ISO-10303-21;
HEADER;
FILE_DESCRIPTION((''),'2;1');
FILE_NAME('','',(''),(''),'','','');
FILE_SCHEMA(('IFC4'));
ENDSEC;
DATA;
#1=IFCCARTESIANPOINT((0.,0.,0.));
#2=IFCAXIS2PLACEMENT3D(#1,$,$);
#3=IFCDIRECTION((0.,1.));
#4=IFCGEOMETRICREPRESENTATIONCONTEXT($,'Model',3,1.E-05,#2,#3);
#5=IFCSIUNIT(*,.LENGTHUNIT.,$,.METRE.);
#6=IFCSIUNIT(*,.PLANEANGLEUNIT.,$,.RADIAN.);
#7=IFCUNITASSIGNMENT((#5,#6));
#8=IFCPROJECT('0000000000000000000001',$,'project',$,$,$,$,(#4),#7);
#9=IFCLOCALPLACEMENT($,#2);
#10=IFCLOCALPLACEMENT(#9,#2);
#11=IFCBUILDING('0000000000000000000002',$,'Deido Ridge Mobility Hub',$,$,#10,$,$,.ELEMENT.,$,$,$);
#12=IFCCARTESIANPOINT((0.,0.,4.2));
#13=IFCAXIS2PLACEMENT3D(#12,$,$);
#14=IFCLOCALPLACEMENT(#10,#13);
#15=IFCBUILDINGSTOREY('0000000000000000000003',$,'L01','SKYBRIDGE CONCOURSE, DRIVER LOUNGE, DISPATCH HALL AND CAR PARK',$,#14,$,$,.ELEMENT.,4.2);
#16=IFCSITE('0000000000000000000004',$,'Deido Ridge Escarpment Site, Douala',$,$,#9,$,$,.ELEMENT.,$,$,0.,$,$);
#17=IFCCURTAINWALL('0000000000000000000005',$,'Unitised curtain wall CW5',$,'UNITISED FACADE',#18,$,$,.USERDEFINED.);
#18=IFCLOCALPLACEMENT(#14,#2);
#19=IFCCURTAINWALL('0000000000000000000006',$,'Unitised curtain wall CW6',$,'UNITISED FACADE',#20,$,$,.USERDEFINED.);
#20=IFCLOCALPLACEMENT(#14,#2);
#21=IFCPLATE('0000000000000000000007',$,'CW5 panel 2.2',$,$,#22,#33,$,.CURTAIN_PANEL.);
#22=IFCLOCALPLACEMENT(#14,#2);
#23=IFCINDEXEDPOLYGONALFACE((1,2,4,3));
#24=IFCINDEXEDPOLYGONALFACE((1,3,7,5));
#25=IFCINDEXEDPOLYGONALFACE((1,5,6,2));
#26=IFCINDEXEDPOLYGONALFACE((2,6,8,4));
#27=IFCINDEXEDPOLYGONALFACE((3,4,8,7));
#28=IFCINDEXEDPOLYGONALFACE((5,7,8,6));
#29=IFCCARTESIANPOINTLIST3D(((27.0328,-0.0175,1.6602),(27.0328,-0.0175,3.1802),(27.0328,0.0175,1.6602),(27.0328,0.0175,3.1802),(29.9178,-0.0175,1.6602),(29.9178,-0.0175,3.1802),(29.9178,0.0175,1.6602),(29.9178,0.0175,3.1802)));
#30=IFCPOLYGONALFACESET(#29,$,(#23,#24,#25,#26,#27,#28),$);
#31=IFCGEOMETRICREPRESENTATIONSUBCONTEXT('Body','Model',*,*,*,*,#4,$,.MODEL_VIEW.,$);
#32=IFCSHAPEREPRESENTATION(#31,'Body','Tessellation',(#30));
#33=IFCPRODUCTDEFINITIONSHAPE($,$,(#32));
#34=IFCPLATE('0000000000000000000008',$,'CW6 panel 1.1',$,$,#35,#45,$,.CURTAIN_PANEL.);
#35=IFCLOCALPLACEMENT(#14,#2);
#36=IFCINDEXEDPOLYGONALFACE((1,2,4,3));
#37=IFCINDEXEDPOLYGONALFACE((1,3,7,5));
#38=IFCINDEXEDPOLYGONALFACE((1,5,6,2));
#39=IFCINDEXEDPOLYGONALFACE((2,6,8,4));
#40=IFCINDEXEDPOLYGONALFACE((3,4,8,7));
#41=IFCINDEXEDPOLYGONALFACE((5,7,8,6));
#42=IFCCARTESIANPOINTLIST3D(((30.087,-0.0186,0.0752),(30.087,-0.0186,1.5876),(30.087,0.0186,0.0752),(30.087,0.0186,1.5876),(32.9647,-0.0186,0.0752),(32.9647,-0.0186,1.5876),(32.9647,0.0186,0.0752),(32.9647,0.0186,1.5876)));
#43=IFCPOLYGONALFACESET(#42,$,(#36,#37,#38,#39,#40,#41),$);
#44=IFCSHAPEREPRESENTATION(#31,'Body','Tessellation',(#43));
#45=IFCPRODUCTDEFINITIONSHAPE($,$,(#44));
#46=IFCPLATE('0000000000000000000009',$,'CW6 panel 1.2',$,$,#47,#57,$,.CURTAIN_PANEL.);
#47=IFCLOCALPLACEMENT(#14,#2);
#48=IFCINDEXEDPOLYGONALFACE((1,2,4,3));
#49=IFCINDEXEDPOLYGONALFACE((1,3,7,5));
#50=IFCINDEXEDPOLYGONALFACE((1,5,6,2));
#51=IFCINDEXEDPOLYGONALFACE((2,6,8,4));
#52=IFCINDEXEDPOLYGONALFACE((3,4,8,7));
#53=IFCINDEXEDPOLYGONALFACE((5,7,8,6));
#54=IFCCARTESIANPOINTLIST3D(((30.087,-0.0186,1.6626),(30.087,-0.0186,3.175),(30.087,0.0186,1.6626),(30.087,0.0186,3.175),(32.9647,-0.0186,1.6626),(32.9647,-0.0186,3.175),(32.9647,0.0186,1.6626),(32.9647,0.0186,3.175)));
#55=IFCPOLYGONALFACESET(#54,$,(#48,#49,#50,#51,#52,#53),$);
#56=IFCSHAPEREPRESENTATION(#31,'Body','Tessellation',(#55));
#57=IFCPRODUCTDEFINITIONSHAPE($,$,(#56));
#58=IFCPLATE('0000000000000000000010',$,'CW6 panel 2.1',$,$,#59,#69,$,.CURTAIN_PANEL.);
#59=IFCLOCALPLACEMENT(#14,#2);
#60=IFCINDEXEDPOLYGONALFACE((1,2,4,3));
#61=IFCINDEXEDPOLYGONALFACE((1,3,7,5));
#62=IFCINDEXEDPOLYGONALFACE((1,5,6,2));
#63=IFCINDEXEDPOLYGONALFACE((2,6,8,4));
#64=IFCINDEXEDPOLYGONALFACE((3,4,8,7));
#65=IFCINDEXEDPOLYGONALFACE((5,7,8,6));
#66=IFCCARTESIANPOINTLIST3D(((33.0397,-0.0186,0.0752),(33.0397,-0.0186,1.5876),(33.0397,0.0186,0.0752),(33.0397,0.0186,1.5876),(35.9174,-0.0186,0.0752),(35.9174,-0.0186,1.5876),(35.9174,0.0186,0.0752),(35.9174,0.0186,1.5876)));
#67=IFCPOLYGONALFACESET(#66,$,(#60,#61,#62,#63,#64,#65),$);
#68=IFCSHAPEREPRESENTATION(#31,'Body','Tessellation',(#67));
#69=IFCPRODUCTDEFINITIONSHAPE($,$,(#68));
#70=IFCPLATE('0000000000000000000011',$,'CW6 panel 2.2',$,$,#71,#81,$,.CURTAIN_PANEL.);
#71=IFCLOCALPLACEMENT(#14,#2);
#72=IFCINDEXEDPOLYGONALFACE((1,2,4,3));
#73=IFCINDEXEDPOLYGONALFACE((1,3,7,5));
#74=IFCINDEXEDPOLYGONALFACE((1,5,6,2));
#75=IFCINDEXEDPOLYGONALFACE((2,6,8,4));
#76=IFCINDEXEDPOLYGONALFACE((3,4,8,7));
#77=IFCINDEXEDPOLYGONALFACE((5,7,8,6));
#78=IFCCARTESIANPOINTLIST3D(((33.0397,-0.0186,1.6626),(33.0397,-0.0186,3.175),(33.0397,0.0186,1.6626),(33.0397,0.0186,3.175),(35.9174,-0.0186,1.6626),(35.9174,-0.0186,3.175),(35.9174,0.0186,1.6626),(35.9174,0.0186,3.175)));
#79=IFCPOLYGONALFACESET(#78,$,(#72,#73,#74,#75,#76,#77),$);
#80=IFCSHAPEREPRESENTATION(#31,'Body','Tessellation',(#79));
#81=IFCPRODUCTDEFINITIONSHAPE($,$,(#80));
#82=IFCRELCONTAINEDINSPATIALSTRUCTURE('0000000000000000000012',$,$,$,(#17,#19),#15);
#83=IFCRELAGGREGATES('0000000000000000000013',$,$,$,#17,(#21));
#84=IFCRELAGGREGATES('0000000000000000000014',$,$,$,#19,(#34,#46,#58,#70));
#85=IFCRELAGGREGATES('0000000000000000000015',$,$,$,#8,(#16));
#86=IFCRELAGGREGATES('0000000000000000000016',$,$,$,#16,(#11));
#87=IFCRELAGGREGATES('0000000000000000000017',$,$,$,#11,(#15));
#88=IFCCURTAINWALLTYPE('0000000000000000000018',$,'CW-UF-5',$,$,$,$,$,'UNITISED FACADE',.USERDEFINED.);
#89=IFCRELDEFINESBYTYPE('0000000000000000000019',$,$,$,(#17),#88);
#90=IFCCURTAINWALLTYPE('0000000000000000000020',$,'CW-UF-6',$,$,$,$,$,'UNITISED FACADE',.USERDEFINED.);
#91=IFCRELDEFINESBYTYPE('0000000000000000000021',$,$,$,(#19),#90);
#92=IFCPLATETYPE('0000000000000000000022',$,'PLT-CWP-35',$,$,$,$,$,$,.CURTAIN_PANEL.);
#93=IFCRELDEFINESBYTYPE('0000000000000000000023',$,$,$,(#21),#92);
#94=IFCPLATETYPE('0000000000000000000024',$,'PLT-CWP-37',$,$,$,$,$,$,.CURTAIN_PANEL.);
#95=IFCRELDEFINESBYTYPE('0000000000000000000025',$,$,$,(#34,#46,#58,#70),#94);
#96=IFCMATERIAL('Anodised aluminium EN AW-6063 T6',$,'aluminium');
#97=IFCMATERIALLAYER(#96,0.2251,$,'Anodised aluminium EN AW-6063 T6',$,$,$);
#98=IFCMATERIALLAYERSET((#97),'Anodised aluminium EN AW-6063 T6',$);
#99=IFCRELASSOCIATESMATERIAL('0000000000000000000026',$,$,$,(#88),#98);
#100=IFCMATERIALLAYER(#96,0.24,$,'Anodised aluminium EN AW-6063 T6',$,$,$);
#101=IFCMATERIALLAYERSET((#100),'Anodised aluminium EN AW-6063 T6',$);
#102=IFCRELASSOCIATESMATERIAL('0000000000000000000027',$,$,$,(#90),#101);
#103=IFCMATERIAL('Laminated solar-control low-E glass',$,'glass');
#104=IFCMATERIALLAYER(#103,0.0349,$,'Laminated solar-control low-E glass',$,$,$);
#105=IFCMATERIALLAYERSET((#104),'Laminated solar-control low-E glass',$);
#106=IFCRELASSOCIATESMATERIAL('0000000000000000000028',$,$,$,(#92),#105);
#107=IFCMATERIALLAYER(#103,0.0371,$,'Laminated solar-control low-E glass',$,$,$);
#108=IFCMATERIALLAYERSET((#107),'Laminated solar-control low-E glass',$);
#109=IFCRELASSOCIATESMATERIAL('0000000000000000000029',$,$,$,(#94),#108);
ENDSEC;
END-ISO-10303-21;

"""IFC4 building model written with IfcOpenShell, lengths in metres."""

from ifc_helpers import new_model, si_unit, direction, frame, origin, origin_2d, place, context, subcontext, project, spatial, rectangle, extrude, material, layer, layer_set, type_object, element, aggregate, save


model = new_model("IFC4")

# Units and contexts
model_context = context("Model", 3, precision=1e-05, world=origin(), true_north=direction((0.0, 1.0)))
body_context = subcontext(model_context, "Body", "Model", "MODEL_VIEW")
ifc_project = project(units=[si_unit("LENGTHUNIT", "METRE"), si_unit("PLANEANGLEUNIT", "RADIAN")], contexts=[model_context])

# Site, building, storey
site_placement = place(None, origin())
site = spatial("IfcSite", under=ifc_project, at=site_placement, Name="Deido Ridge Escarpment Site, Douala", CompositionType="ELEMENT", RefElevation=0.0)
building_placement = place(site_placement, origin())
building = spatial("IfcBuilding", under=site, at=building_placement, Name="Deido Ridge Mobility Hub", CompositionType="ELEMENT")
storey_placement = place(building_placement, frame((0.0, 0.0, 4.2)))
storey = spatial("IfcBuildingStorey", under=building, at=storey_placement, Name="L01", Description="SKYBRIDGE CONCOURSE, DRIVER LOUNGE, DISPATCH HALL AND CAR PARK", CompositionType="ELEMENT", Elevation=4.2)

# Shared definitions
ifc_material_1 = material(Name="Anodised aluminium EN AW-6063 T6", Category="aluminium")

# Curtain walls
ifc_layer_1 = layer(ifc_material_1, 0.2251, Name="Anodised aluminium EN AW-6063 T6")
ifc_layer_set_1 = layer_set([ifc_layer_1], Name="Anodised aluminium EN AW-6063 T6")
curtain_wall_type_1 = type_object("IfcCurtainWallType", Name="CW-UF-5", ElementType="UNITISED FACADE", PredefinedType="USERDEFINED", material=ifc_layer_set_1)
curtain_wall_1_placement = place(storey_placement, origin())
curtain_wall_1 = element("IfcCurtainWall", 1, at=curtain_wall_1_placement, inside=storey, type_object=curtain_wall_type_1, Name="Unitised curtain wall CW5", ObjectType="UNITISED FACADE", PredefinedType="USERDEFINED")
ifc_layer_2 = layer(ifc_material_1, 0.24, Name="Anodised aluminium EN AW-6063 T6")
ifc_layer_set_2 = layer_set([ifc_layer_2], Name="Anodised aluminium EN AW-6063 T6")
curtain_wall_type_2 = type_object("IfcCurtainWallType", Name="CW-UF-6", ElementType="UNITISED FACADE", PredefinedType="USERDEFINED", material=ifc_layer_set_2)
curtain_wall_2_placement = place(storey_placement, origin())
curtain_wall_2 = element("IfcCurtainWall", 2, at=curtain_wall_2_placement, inside=storey, type_object=curtain_wall_type_2, Name="Unitised curtain wall CW6", ObjectType="UNITISED FACADE", PredefinedType="USERDEFINED")

# Plates
ifc_material_2 = material(Name="Laminated solar-control low-E glass", Category="glass")
ifc_layer_3 = layer(ifc_material_2, 0.0349, Name="Laminated solar-control low-E glass")
ifc_layer_set_3 = layer_set([ifc_layer_3], Name="Laminated solar-control low-E glass")
plate_type_1 = type_object("IfcPlateType", Name="PLT-CWP-35", PredefinedType="CURTAIN_PANEL", material=ifc_layer_set_3)
plate_1_placement = place(storey_placement, frame((28.4753, 0.0, 1.6602), z_axis=(0.0, 0.0, 1.0), x_axis=(1.0, 0.0, 0.0)))
plate_1 = element("IfcPlate", 3, at=plate_1_placement, type_object=plate_type_1, Name="CW5 panel 2.2", PredefinedType="CURTAIN_PANEL", context=body_context, shape_type="SweptSolid", body=[
    extrude(rectangle(XDim=2.885, YDim=0.0349, at=origin_2d()), origin(), (0.0, 0.0, 1.0), 1.52),
])
aggregate(curtain_wall_1, [plate_1])
ifc_layer_4 = layer(ifc_material_2, 0.0371, Name="Laminated solar-control low-E glass")
ifc_layer_set_4 = layer_set([ifc_layer_4], Name="Laminated solar-control low-E glass")
plate_type_2 = type_object("IfcPlateType", Name="PLT-CWP-37", PredefinedType="CURTAIN_PANEL", material=ifc_layer_set_4)
plate_2_placement = place(storey_placement, frame((31.5259, 0.0, 0.0752), z_axis=(0.0, 0.0, 1.0), x_axis=(1.0, 0.0, 0.0)))
plate_2 = element("IfcPlate", 4, at=plate_2_placement, type_object=plate_type_2, Name="CW6 panel 1.1", PredefinedType="CURTAIN_PANEL", context=body_context, shape_type="SweptSolid", body=[
    extrude(rectangle(XDim=2.8777, YDim=0.0371, at=origin_2d()), origin(), (0.0, 0.0, 1.0), 1.5125),
])
plate_3_placement = place(storey_placement, frame((31.5259, 0.0, 1.6626), z_axis=(0.0, 0.0, 1.0), x_axis=(1.0, 0.0, 0.0)))
plate_3 = element("IfcPlate", 5, at=plate_3_placement, type_object=plate_type_2, Name="CW6 panel 1.2", PredefinedType="CURTAIN_PANEL", context=body_context, shape_type="SweptSolid", body=[
    extrude(rectangle(XDim=2.8777, YDim=0.0371, at=origin_2d()), origin(), (0.0, 0.0, 1.0), 1.5125),
])
plate_4_placement = place(storey_placement, frame((34.4785, 0.0, 0.0752), z_axis=(0.0, 0.0, 1.0), x_axis=(1.0, 0.0, 0.0)))
plate_4 = element("IfcPlate", 6, at=plate_4_placement, type_object=plate_type_2, Name="CW6 panel 2.1", PredefinedType="CURTAIN_PANEL", context=body_context, shape_type="SweptSolid", body=[
    extrude(rectangle(XDim=2.8777, YDim=0.0371, at=origin_2d()), origin(), (0.0, 0.0, 1.0), 1.5125),
])
plate_5_placement = place(storey_placement, frame((34.4785, 0.0, 1.6626), z_axis=(0.0, 0.0, 1.0), x_axis=(1.0, 0.0, 0.0)))
plate_5 = element("IfcPlate", 7, at=plate_5_placement, type_object=plate_type_2, Name="CW6 panel 2.2", PredefinedType="CURTAIN_PANEL", context=body_context, shape_type="SweptSolid", body=[
    extrude(rectangle(XDim=2.8777, YDim=0.0371, at=origin_2d()), origin(), (0.0, 0.0, 1.0), 1.5125),
])
aggregate(curtain_wall_2, [plate_2, plate_3, plate_4, plate_5])

save(model, "model.ifc")
